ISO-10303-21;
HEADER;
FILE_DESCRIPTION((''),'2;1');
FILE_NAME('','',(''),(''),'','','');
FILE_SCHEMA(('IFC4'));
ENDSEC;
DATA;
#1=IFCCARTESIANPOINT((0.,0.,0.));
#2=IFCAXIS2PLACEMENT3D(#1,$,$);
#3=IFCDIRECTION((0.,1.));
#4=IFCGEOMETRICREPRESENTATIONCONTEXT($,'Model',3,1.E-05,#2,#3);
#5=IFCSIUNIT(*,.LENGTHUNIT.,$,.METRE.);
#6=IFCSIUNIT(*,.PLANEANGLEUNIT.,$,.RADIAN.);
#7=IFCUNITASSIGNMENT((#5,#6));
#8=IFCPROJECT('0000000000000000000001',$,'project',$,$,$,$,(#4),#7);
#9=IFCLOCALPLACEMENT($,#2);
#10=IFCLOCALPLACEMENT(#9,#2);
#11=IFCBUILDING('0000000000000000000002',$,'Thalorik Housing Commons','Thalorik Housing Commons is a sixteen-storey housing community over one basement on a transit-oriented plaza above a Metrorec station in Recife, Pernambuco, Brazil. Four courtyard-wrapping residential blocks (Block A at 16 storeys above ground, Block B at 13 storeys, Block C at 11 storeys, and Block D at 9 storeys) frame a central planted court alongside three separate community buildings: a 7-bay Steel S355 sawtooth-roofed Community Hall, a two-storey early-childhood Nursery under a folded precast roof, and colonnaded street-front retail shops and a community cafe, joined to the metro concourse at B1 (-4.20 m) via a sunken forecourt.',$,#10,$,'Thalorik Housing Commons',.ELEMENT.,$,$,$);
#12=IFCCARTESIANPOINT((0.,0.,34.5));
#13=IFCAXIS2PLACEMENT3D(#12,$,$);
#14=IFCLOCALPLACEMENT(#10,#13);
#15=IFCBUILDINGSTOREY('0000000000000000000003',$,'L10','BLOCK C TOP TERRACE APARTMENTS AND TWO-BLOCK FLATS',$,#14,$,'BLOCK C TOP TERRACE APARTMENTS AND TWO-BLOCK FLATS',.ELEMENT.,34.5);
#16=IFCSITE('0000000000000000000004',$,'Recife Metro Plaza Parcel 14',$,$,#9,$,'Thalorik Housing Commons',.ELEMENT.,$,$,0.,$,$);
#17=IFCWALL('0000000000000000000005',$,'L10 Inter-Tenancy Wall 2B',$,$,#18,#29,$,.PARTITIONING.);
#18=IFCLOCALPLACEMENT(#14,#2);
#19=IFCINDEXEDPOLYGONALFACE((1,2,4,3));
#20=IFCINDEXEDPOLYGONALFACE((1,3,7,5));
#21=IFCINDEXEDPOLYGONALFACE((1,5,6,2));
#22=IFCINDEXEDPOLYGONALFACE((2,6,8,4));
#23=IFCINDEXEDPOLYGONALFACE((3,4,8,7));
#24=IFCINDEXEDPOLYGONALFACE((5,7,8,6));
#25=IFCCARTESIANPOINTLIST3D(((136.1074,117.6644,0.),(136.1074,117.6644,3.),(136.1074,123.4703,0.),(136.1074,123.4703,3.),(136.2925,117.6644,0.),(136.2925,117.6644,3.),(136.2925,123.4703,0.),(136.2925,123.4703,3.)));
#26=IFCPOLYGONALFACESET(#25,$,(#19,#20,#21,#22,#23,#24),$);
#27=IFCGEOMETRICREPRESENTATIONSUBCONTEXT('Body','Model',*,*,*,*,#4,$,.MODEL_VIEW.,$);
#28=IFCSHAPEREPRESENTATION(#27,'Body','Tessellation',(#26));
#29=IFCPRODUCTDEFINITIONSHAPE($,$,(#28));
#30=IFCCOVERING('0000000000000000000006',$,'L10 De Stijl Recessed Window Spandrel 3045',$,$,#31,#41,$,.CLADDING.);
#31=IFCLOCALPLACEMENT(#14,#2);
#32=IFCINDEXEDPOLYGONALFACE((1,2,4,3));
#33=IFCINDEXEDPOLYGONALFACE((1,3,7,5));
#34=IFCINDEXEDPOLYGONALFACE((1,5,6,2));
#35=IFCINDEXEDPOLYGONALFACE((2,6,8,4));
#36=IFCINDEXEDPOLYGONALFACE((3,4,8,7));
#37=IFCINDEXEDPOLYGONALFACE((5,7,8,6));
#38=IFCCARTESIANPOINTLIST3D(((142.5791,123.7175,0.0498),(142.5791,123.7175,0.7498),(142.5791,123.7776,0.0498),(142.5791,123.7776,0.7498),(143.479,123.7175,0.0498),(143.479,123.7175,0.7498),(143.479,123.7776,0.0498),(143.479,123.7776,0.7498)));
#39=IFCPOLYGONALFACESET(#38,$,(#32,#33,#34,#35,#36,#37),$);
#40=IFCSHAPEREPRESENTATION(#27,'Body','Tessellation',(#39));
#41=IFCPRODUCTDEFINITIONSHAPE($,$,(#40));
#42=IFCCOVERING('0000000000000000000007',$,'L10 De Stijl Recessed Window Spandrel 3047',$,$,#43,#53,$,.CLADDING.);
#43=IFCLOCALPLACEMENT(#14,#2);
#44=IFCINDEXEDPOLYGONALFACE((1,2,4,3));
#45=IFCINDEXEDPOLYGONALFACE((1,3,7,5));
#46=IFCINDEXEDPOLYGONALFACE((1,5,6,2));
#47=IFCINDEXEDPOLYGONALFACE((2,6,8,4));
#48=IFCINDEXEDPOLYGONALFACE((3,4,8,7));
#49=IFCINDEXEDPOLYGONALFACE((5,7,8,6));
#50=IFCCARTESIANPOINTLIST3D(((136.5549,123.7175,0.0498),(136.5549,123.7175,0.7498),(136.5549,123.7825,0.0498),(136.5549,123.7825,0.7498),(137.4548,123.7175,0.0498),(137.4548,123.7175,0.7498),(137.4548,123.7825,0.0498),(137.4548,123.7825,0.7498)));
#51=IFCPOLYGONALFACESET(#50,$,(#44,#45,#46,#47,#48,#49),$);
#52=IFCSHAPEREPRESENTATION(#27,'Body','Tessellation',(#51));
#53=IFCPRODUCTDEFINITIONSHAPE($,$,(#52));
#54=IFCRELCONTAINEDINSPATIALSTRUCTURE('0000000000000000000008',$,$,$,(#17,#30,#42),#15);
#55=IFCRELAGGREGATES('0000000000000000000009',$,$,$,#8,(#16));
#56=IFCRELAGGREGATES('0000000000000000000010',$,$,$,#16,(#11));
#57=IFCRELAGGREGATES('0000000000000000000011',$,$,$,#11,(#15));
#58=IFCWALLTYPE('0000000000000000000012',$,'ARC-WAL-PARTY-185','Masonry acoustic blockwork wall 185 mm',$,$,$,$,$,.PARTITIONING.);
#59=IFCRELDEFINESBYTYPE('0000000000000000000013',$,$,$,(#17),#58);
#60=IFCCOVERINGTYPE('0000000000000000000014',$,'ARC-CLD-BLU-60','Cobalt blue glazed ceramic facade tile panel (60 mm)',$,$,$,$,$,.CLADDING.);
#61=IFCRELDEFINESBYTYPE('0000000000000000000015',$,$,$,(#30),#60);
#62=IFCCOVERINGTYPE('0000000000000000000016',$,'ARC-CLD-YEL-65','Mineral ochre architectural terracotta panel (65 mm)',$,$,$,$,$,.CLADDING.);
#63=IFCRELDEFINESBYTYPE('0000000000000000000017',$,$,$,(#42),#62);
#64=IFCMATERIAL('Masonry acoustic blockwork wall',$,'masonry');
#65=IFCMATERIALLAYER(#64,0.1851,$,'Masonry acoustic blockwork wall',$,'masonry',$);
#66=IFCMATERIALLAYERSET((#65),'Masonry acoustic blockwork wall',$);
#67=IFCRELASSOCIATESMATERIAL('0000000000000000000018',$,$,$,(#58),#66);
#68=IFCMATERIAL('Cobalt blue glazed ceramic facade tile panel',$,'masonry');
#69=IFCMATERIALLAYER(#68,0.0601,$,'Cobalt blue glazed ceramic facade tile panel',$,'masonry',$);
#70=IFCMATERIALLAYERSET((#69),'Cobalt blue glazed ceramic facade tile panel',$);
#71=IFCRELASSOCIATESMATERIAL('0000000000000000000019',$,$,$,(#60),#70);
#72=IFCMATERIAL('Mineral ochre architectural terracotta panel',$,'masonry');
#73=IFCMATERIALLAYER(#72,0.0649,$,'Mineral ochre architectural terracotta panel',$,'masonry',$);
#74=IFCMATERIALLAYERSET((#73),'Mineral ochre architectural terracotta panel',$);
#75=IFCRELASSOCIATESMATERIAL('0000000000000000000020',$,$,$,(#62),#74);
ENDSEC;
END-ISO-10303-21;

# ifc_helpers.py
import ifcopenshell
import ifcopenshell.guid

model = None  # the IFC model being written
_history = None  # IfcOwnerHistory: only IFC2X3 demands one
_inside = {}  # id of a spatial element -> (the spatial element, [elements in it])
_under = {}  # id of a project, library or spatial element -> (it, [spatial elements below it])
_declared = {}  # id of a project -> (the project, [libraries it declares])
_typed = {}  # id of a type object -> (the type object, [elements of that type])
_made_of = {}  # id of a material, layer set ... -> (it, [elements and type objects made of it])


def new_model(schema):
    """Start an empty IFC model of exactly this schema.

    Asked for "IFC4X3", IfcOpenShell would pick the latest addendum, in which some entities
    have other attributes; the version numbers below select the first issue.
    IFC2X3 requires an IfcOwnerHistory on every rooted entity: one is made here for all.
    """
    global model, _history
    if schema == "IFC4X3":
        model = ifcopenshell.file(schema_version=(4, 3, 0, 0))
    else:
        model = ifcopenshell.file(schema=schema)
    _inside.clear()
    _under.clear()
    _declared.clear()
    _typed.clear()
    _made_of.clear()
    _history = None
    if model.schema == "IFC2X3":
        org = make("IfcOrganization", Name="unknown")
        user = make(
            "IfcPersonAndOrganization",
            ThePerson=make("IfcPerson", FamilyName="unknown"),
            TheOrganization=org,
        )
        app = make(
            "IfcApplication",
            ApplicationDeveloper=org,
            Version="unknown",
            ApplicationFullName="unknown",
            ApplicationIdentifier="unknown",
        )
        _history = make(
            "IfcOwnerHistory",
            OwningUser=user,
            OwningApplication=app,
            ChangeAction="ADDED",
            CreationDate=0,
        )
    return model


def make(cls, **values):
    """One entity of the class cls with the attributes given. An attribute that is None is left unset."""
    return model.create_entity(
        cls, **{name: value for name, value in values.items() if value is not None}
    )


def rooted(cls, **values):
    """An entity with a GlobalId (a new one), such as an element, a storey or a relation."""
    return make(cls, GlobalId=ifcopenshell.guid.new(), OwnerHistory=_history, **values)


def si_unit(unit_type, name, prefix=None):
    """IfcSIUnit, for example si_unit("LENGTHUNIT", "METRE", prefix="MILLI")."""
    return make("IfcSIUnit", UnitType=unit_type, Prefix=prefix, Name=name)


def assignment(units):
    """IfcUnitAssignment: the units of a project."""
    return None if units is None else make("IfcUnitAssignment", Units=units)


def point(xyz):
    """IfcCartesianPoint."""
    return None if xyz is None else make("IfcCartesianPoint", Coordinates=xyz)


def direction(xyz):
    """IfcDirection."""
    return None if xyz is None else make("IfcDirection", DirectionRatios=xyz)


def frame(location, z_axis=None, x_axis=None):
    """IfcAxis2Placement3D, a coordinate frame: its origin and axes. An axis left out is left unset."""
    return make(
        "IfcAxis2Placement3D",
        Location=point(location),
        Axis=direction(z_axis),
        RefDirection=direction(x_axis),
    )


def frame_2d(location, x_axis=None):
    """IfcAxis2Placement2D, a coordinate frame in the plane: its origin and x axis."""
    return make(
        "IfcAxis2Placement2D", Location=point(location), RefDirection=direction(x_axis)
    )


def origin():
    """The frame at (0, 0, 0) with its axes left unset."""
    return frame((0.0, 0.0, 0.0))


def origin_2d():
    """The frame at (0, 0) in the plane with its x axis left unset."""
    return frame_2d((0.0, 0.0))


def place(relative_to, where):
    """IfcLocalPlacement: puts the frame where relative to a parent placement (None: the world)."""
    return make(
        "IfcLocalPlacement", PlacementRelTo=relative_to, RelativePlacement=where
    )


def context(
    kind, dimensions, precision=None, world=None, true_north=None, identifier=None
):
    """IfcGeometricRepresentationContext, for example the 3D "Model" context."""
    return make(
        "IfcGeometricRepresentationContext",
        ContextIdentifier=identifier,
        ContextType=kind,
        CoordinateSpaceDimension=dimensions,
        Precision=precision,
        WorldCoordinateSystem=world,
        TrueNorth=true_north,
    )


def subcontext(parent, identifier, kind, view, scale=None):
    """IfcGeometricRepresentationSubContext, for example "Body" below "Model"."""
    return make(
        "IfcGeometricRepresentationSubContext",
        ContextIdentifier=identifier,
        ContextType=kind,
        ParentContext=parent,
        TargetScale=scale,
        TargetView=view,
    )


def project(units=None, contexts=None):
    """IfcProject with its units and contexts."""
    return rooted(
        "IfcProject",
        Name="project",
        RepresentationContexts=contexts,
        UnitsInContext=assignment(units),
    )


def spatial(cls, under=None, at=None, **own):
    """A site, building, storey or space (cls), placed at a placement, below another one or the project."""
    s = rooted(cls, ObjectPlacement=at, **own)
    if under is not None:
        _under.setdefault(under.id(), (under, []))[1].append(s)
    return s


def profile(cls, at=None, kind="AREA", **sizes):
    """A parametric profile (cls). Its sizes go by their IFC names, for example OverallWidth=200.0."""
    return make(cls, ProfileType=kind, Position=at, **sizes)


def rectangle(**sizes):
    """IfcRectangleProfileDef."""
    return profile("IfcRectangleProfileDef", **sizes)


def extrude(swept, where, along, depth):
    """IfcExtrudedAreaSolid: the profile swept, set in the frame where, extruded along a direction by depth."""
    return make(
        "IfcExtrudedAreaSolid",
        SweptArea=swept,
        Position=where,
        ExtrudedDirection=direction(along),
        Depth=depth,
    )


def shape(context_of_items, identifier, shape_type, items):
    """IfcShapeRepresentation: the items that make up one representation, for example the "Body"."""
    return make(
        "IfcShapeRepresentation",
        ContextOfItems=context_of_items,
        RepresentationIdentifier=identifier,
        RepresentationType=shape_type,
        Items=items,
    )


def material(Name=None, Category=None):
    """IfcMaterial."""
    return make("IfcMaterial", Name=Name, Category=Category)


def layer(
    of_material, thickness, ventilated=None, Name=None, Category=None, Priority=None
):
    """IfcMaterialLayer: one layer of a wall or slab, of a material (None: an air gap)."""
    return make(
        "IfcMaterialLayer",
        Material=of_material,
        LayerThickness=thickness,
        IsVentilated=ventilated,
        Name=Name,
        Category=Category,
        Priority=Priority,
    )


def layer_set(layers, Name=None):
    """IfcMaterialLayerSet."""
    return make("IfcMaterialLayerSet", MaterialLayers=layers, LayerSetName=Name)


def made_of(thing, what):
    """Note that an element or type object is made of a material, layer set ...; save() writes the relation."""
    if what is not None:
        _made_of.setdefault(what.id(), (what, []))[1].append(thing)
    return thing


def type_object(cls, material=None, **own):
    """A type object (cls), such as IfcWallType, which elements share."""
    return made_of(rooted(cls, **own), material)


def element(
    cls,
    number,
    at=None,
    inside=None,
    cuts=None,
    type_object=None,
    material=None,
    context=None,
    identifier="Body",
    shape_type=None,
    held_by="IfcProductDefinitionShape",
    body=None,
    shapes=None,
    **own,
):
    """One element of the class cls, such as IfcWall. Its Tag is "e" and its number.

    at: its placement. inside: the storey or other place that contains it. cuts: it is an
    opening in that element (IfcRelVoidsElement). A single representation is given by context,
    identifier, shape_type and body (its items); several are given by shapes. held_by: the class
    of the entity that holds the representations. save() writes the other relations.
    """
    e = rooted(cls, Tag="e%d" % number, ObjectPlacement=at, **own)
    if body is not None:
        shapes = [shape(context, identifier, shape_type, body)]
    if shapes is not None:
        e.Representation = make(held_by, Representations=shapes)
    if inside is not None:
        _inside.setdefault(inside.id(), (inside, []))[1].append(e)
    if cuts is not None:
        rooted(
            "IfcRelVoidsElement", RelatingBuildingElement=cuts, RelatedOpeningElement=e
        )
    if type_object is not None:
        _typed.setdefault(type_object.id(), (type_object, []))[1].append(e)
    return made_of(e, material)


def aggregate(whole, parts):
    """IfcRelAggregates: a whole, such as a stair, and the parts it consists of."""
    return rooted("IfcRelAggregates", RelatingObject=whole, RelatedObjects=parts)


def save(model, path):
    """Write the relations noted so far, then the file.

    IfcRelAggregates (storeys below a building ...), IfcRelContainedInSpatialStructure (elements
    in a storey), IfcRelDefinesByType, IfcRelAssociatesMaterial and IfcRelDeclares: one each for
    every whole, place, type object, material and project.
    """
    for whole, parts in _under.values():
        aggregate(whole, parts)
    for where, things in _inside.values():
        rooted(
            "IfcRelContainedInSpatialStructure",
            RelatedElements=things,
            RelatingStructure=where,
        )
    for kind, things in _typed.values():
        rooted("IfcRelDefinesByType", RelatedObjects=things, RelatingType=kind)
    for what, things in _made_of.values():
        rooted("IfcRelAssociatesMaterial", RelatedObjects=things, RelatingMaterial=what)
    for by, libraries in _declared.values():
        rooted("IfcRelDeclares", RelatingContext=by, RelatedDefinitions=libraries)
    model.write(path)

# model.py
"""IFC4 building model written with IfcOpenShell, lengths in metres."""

from ifc_helpers import new_model, si_unit, direction, frame, frame_2d, origin, origin_2d, place, context, subcontext, project, spatial, rectangle, extrude, material, layer, layer_set, type_object, element, save


model = new_model("IFC4")

# Units and contexts
model_context = context("Model", 3, precision=1e-05, world=origin(), true_north=direction((0.0, 1.0)))
body_context = subcontext(model_context, "Body", "Model", "MODEL_VIEW")
ifc_project = project(units=[si_unit("LENGTHUNIT", "METRE"), si_unit("PLANEANGLEUNIT", "RADIAN")], contexts=[model_context])

# Site, building, storey
site_placement = place(None, origin())
site = spatial("IfcSite", under=ifc_project, at=site_placement, Name="Recife Metro Plaza Parcel 14", LongName="Thalorik Housing Commons", CompositionType="ELEMENT", RefElevation=0.0)
building_placement = place(site_placement, origin())
building = spatial("IfcBuilding", under=site, at=building_placement, Name="Thalorik Housing Commons", Description="Thalorik Housing Commons is a sixteen-storey housing community over one basement on a transit-oriented plaza above a Metrorec station in Recife, Pernambuco, Brazil. Four courtyard-wrapping residential blocks (Block A at 16 storeys above ground, Block B at 13 storeys, Block C at 11 storeys, and Block D at 9 storeys) frame a central planted court alongside three separate community buildings: a 7-bay Steel S355 sawtooth-roofed Community Hall, a two-storey early-childhood Nursery under a folded precast roof, and colonnaded street-front retail shops and a community cafe, joined to the metro concourse at B1 (-4.20 m) via a sunken forecourt.", LongName="Thalorik Housing Commons", CompositionType="ELEMENT")
storey_placement = place(building_placement, frame((0.0, 0.0, 34.5)))
storey = spatial("IfcBuildingStorey", under=building, at=storey_placement, Name="L10", Description="BLOCK C TOP TERRACE APARTMENTS AND TWO-BLOCK FLATS", LongName="BLOCK C TOP TERRACE APARTMENTS AND TWO-BLOCK FLATS", CompositionType="ELEMENT", Elevation=34.5)

# Wall
ifc_material_1 = material(Name="Masonry acoustic blockwork wall", Category="masonry")
ifc_layer_1 = layer(ifc_material_1, 0.1851, Name="Masonry acoustic blockwork wall", Category="masonry")
ifc_layer_set_1 = layer_set([ifc_layer_1], Name="Masonry acoustic blockwork wall")
wall_type_1 = type_object("IfcWallType", Name="ARC-WAL-PARTY-185", Description="Masonry acoustic blockwork wall 185 mm", PredefinedType="PARTITIONING", material=ifc_layer_set_1)
wall_1_placement = place(storey_placement, frame((136.2, 117.6646, 0.0), z_axis=(0.0, 0.0, 1.0), x_axis=(0.0, 1.0, 0.0)))
element("IfcWall", 1, at=wall_1_placement, inside=storey, type_object=wall_type_1, Name="L10 Inter-Tenancy Wall 2B", PredefinedType="PARTITIONING", context=body_context, shape_type="SweptSolid", body=[
    extrude(rectangle(XDim=5.8059, YDim=0.1851, at=frame_2d((2.9028, 0.0))), origin(), (0.0, 0.0, 1.0), 3.0),
])

# Coverings
ifc_material_2 = material(Name="Cobalt blue glazed ceramic facade tile panel", Category="masonry")
ifc_layer_2 = layer(ifc_material_2, 0.0601, Name="Cobalt blue glazed ceramic facade tile panel", Category="masonry")
ifc_layer_set_2 = layer_set([ifc_layer_2], Name="Cobalt blue glazed ceramic facade tile panel")
covering_type_1 = type_object("IfcCoveringType", Name="ARC-CLD-BLU-60", Description="Cobalt blue glazed ceramic facade tile panel (60 mm)", PredefinedType="CLADDING", material=ifc_layer_set_2)
covering_1_placement = place(storey_placement, frame((143.0291, 123.7476, 0.0498), z_axis=(0.0, 0.0, 1.0), x_axis=(-1.0, 0.0, 0.0)))
element("IfcCovering", 2, at=covering_1_placement, inside=storey, type_object=covering_type_1, Name="L10 De Stijl Recessed Window Spandrel 3045", PredefinedType="CLADDING", context=body_context, shape_type="SweptSolid", body=[
    extrude(rectangle(XDim=0.8999, YDim=0.0601, at=origin_2d()), origin(), (0.0, 0.0, 1.0), 0.7),
])
ifc_material_3 = material(Name="Mineral ochre architectural terracotta panel", Category="masonry")
ifc_layer_3 = layer(ifc_material_3, 0.0649, Name="Mineral ochre architectural terracotta panel", Category="masonry")
ifc_layer_set_3 = layer_set([ifc_layer_3], Name="Mineral ochre architectural terracotta panel")
covering_type_2 = type_object("IfcCoveringType", Name="ARC-CLD-YEL-65", Description="Mineral ochre architectural terracotta panel (65 mm)", PredefinedType="CLADDING", material=ifc_layer_set_3)
covering_2_placement = place(storey_placement, frame((137.0049, 123.75, 0.0498), z_axis=(0.0, 0.0, 1.0), x_axis=(-1.0, 0.0, 0.0)))
element("IfcCovering", 3, at=covering_2_placement, inside=storey, type_object=covering_type_2, Name="L10 De Stijl Recessed Window Spandrel 3047", PredefinedType="CLADDING", context=body_context, shape_type="SweptSolid", body=[
    extrude(rectangle(XDim=0.8999, YDim=0.0649, at=origin_2d()), origin(), (0.0, 0.0, 1.0), 0.7),
])

save(model, "model.ifc")
